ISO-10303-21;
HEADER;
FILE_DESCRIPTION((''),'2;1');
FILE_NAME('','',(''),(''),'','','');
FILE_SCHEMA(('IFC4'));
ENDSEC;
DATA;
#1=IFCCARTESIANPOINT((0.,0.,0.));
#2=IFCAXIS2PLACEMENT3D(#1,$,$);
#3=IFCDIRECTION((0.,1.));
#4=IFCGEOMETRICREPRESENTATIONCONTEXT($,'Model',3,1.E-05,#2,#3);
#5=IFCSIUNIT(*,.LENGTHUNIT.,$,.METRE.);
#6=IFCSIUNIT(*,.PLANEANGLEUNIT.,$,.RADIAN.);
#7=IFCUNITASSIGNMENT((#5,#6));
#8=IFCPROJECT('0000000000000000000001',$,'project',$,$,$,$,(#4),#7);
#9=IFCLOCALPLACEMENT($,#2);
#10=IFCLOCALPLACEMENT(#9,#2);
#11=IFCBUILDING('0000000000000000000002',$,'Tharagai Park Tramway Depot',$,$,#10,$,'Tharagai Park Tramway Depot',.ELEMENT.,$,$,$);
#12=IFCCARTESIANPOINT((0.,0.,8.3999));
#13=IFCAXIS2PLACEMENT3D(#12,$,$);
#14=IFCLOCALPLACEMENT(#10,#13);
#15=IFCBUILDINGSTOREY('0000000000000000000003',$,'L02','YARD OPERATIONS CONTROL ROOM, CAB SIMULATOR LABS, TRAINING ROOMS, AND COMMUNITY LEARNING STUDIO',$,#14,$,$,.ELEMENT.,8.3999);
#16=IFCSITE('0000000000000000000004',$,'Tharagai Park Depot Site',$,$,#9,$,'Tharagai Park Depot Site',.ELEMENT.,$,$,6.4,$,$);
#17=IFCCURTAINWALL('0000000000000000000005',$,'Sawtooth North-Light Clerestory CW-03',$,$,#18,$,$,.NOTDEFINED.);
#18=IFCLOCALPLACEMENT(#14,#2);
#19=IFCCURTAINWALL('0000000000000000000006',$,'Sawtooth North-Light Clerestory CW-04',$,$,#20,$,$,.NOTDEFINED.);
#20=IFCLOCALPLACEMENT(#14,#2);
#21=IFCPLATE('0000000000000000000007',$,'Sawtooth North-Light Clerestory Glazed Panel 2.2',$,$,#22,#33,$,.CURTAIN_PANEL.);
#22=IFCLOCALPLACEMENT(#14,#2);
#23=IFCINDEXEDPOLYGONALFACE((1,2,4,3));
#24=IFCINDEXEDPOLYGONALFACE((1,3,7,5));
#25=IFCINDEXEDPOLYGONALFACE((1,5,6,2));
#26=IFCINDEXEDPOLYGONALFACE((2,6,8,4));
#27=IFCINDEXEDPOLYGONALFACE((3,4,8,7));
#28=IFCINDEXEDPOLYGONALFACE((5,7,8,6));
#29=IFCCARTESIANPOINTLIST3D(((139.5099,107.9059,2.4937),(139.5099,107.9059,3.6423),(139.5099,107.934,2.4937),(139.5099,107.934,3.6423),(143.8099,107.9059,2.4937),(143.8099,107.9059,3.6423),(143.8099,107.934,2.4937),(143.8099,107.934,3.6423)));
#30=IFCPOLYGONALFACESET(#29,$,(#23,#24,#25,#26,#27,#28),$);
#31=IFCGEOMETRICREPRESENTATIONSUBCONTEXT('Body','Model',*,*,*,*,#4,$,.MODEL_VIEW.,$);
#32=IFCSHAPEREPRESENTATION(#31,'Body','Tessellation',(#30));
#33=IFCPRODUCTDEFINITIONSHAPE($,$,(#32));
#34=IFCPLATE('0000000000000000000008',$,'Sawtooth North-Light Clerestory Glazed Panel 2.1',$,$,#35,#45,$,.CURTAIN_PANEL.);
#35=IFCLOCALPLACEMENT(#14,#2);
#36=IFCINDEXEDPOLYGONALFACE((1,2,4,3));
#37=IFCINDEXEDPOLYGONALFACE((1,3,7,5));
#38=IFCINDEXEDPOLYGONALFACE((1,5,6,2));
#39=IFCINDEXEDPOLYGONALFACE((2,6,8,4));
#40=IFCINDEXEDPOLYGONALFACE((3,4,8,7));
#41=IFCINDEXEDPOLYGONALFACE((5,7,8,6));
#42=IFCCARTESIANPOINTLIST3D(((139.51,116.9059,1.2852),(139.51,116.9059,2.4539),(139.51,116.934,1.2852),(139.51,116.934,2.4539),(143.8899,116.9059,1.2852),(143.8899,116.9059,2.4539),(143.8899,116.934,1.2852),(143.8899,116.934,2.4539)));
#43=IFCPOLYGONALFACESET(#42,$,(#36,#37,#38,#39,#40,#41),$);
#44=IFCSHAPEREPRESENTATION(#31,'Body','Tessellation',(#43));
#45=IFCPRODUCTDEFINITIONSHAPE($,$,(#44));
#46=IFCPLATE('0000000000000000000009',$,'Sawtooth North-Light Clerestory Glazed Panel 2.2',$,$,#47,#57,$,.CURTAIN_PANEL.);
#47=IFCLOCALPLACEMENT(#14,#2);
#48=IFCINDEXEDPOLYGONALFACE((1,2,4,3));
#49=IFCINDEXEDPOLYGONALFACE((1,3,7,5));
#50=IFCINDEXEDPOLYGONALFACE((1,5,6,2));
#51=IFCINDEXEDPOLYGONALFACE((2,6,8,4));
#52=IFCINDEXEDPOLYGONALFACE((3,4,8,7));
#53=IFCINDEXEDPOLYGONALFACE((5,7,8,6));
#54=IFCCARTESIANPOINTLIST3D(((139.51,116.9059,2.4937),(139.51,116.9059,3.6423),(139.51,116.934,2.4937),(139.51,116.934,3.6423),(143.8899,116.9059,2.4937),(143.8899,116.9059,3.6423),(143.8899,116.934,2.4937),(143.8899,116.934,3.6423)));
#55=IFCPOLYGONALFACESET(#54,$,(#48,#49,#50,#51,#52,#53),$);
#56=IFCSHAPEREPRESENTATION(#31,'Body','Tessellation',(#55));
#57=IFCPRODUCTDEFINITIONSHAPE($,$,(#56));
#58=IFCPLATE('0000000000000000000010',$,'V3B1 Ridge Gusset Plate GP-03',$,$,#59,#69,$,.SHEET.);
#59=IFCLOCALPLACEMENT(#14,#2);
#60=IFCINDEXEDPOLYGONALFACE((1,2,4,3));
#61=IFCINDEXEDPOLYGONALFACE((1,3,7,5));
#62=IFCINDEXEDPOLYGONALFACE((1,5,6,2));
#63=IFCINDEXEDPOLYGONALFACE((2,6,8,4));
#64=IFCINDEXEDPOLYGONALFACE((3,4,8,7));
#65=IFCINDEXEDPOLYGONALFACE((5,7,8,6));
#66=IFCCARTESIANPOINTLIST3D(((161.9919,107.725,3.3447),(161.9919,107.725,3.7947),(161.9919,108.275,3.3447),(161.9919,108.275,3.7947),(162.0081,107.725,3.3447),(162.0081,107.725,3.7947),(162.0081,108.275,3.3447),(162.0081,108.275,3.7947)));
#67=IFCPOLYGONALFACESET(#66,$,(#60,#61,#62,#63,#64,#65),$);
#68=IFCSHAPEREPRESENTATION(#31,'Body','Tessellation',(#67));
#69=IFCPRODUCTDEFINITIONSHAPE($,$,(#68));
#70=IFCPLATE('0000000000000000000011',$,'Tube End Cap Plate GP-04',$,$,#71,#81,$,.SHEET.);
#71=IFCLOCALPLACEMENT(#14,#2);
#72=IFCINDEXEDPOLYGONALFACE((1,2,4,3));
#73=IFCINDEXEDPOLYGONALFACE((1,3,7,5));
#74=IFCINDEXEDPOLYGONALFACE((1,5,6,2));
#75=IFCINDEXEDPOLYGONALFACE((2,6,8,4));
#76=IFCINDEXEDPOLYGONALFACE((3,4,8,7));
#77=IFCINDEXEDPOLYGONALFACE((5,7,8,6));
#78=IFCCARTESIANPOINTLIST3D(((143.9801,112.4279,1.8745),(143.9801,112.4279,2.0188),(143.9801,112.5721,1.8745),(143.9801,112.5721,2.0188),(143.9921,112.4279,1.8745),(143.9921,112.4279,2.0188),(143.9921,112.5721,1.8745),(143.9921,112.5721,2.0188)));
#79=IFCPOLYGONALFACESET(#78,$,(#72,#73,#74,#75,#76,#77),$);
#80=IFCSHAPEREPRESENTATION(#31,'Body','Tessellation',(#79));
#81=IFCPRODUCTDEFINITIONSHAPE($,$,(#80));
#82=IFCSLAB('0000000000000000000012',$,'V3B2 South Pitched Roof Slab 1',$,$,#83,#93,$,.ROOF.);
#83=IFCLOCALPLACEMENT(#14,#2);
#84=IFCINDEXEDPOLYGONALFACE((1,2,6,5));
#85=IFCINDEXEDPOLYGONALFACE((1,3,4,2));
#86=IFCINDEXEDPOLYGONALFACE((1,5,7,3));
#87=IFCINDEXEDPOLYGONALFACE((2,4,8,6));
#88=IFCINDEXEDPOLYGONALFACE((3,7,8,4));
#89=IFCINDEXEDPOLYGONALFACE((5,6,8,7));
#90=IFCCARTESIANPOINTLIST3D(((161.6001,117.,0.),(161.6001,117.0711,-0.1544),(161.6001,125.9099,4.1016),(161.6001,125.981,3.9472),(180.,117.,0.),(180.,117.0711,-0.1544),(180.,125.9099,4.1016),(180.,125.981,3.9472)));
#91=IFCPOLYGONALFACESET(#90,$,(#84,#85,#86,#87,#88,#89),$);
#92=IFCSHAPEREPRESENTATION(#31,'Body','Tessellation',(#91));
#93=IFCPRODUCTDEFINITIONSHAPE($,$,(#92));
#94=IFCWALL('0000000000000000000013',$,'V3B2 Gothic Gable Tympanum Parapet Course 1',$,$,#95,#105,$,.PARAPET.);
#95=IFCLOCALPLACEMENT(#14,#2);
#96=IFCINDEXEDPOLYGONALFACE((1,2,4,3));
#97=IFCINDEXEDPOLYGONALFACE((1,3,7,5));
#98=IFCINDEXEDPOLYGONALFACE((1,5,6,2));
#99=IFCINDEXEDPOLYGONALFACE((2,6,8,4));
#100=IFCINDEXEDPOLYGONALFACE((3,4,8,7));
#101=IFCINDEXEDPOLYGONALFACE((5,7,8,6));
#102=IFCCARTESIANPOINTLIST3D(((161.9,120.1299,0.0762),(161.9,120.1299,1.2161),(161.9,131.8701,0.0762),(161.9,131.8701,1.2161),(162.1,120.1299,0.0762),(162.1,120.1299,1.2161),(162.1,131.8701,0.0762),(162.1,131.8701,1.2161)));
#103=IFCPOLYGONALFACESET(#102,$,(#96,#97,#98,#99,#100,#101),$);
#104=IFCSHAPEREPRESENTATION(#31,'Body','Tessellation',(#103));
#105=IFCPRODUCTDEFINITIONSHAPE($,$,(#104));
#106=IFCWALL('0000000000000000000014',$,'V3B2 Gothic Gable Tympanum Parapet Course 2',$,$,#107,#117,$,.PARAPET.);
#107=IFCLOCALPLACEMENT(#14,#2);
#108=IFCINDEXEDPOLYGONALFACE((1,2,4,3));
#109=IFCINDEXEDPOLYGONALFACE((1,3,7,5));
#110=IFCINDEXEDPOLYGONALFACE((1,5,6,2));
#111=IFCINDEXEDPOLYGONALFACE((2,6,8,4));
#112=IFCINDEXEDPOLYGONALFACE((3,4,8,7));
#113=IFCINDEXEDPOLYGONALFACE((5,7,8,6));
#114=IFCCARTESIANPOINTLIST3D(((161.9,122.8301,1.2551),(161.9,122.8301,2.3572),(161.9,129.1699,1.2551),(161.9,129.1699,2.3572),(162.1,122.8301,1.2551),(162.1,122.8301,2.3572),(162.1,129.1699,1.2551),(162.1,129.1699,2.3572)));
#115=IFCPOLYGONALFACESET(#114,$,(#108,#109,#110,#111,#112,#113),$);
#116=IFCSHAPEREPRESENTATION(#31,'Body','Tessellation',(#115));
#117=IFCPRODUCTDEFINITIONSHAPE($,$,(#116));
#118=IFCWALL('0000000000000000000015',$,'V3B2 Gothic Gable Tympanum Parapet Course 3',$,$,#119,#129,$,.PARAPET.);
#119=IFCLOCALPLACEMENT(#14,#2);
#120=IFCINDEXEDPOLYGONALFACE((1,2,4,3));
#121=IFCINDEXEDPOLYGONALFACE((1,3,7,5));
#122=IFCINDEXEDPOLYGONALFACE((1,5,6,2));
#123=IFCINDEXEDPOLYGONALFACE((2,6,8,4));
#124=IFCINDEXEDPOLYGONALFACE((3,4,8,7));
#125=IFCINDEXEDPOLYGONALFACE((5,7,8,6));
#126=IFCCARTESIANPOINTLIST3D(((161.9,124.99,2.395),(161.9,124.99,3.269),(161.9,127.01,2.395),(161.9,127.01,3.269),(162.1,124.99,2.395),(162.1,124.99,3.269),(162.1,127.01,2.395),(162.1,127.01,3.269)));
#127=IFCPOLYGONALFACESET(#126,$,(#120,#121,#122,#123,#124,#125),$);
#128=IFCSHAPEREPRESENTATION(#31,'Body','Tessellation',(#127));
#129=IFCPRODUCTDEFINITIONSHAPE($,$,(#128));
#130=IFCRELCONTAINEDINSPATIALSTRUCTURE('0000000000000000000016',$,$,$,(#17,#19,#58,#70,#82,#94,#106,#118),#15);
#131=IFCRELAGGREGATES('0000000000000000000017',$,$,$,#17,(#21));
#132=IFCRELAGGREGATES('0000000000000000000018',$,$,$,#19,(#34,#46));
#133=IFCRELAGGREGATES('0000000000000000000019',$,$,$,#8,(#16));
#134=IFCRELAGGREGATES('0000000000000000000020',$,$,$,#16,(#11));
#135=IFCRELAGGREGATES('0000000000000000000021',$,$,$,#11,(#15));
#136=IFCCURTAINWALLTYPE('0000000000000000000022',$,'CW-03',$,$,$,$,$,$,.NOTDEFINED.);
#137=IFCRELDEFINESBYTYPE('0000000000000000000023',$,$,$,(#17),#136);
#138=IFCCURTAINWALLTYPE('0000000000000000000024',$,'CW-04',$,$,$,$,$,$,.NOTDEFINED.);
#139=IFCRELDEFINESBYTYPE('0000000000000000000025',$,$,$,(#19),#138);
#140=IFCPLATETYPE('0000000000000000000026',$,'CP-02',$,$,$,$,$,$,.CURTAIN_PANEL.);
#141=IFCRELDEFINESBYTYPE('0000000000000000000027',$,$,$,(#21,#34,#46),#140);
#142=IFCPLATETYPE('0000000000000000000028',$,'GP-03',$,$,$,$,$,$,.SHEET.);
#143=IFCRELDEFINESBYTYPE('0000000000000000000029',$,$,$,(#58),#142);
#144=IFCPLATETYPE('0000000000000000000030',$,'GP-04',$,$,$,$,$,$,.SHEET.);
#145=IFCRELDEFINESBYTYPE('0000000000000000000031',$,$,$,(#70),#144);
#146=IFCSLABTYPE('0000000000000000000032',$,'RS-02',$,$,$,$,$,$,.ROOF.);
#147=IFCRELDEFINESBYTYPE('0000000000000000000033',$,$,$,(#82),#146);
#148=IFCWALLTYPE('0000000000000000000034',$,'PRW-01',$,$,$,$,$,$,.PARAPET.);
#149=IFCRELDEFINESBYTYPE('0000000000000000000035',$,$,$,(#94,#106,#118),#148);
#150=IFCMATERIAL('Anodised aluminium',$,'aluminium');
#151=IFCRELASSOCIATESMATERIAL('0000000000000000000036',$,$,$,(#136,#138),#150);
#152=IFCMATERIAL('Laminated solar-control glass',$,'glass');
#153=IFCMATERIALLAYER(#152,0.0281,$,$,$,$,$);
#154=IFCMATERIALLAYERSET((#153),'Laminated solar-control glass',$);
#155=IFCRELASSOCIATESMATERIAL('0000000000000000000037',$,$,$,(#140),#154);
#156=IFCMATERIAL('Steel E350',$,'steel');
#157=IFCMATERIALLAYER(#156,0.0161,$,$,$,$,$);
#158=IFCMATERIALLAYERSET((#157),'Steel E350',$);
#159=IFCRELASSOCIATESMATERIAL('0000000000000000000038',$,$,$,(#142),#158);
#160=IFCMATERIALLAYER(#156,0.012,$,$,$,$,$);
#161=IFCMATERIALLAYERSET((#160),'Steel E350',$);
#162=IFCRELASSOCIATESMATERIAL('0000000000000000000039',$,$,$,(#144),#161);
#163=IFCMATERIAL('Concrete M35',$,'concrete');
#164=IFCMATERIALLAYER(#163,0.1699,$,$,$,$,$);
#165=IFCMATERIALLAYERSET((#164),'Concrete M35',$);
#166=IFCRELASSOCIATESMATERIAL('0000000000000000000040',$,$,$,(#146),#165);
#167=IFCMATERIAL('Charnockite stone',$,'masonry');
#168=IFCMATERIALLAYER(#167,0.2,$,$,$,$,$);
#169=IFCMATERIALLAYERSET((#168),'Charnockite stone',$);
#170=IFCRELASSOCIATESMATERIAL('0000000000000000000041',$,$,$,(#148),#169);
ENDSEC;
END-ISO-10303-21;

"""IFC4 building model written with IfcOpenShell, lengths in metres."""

from ifc_helpers import new_model, si_unit, direction, frame, frame_2d, origin, origin_2d, place, context, subcontext, project, spatial, polyline, rectangle, outline, extrude, material, layer, layer_set, type_object, element, aggregate, save


model = new_model("IFC4")

# Units and contexts
model_context = context("Model", 3, precision=1e-05, world=origin(), true_north=direction((0.0, 1.0)))
body_context = subcontext(model_context, "Body", "Model", "MODEL_VIEW")
ifc_project = project(units=[si_unit("LENGTHUNIT", "METRE"), si_unit("PLANEANGLEUNIT", "RADIAN")], contexts=[model_context])

# Site, building, storey
site_placement = place(None, origin())
site = spatial("IfcSite", under=ifc_project, at=site_placement, Name="Tharagai Park Depot Site", LongName="Tharagai Park Depot Site", CompositionType="ELEMENT", RefElevation=6.4)
building_placement = place(site_placement, origin())
building = spatial("IfcBuilding", under=site, at=building_placement, Name="Tharagai Park Tramway Depot", LongName="Tharagai Park Tramway Depot", CompositionType="ELEMENT")
storey_placement = place(building_placement, frame((0.0, 0.0, 8.3999)))
storey = spatial("IfcBuildingStorey", under=building, at=storey_placement, Name="L02", Description="YARD OPERATIONS CONTROL ROOM, CAB SIMULATOR LABS, TRAINING ROOMS, AND COMMUNITY LEARNING STUDIO", CompositionType="ELEMENT", Elevation=8.3999)

# Shared definitions
ifc_material_1 = material(Name="Steel E350", Category="steel")

# Curtain walls
ifc_material_2 = material(Name="Anodised aluminium", Category="aluminium")
curtain_wall_type_1 = type_object("IfcCurtainWallType", Name="CW-03", PredefinedType="NOTDEFINED", material=ifc_material_2)
curtain_wall_1_placement = place(storey_placement, origin())
curtain_wall_1 = element("IfcCurtainWall", 1, at=curtain_wall_1_placement, inside=storey, type_object=curtain_wall_type_1, Name="Sawtooth North-Light Clerestory CW-03", PredefinedType="NOTDEFINED")
curtain_wall_type_2 = type_object("IfcCurtainWallType", Name="CW-04", PredefinedType="NOTDEFINED", material=ifc_material_2)
curtain_wall_2_placement = place(storey_placement, origin())
curtain_wall_2 = element("IfcCurtainWall", 2, at=curtain_wall_2_placement, inside=storey, type_object=curtain_wall_type_2, Name="Sawtooth North-Light Clerestory CW-04", PredefinedType="NOTDEFINED")

# Plates
ifc_material_3 = material(Name="Laminated solar-control glass", Category="glass")
ifc_layer_1 = layer(ifc_material_3, 0.0281)
ifc_layer_set_1 = layer_set([ifc_layer_1], Name="Laminated solar-control glass")
plate_type_1 = type_object("IfcPlateType", Name="CP-02", PredefinedType="CURTAIN_PANEL", material=ifc_layer_set_1)
plate_1_placement = place(storey_placement, frame((141.6599, 107.9199, 2.4937), z_axis=(0.0, 0.0, 1.0), x_axis=(1.0, 0.0, 0.0)))
plate_1 = element("IfcPlate", 3, at=plate_1_placement, type_object=plate_type_1, Name="Sawtooth North-Light Clerestory Glazed Panel 2.2", PredefinedType="CURTAIN_PANEL", context=body_context, shape_type="SweptSolid", body=[
    extrude(rectangle(XDim=4.3, YDim=0.0281, at=origin_2d()), origin(), (0.0, 0.0, 1.0), 1.1487),
])
aggregate(curtain_wall_1, [plate_1])
plate_2_placement = place(storey_placement, frame((141.7, 116.9199, 1.2852), z_axis=(0.0, 0.0, 1.0), x_axis=(1.0, 0.0, 0.0)))
plate_2 = element("IfcPlate", 4, at=plate_2_placement, type_object=plate_type_1, Name="Sawtooth North-Light Clerestory Glazed Panel 2.1", PredefinedType="CURTAIN_PANEL", context=body_context, shape_type="SweptSolid", body=[
    extrude(rectangle(XDim=4.3799, YDim=0.0281, at=origin_2d()), origin(), (0.0, 0.0, 1.0), 1.1687),
])
plate_3_placement = place(storey_placement, frame((141.7, 116.9199, 2.4937), z_axis=(0.0, 0.0, 1.0), x_axis=(1.0, 0.0, 0.0)))
plate_3 = element("IfcPlate", 5, at=plate_3_placement, type_object=plate_type_1, Name="Sawtooth North-Light Clerestory Glazed Panel 2.2", PredefinedType="CURTAIN_PANEL", context=body_context, shape_type="SweptSolid", body=[
    extrude(rectangle(XDim=4.3799, YDim=0.0281, at=origin_2d()), origin(), (0.0, 0.0, 1.0), 1.1487),
])
aggregate(curtain_wall_2, [plate_2, plate_3])

# Plates
ifc_layer_2 = layer(ifc_material_1, 0.0161)
ifc_layer_set_2 = layer_set([ifc_layer_2], Name="Steel E350")
plate_type_2 = type_object("IfcPlateType", Name="GP-03", PredefinedType="SHEET", material=ifc_layer_set_2)
plate_4_placement = place(storey_placement, frame((162.0, 108.0, 3.3447), z_axis=(0.0, 0.0, 1.0), x_axis=(1.0, 0.0, 0.0)))
element("IfcPlate", 6, at=plate_4_placement, inside=storey, type_object=plate_type_2, Name="V3B1 Ridge Gusset Plate GP-03", PredefinedType="SHEET", context=body_context, shape_type="SweptSolid", body=[
    extrude(rectangle(XDim=0.0161, YDim=0.55, at=origin_2d()), origin(), (0.0, 0.0, 1.0), 0.45),
])
ifc_layer_3 = layer(ifc_material_1, 0.012)
ifc_layer_set_3 = layer_set([ifc_layer_3], Name="Steel E350")
plate_type_3 = type_object("IfcPlateType", Name="GP-04", PredefinedType="SHEET", material=ifc_layer_set_3)
plate_5_placement = place(storey_placement, frame((143.9861, 112.5, 1.8745), z_axis=(0.0, 0.0, 1.0), x_axis=(1.0, 0.0, 0.0)))
element("IfcPlate", 7, at=plate_5_placement, inside=storey, type_object=plate_type_3, Name="Tube End Cap Plate GP-04", PredefinedType="SHEET", context=body_context, shape_type="SweptSolid", body=[
    extrude(rectangle(XDim=0.012, YDim=0.1443, at=origin_2d()), origin(), (0.0, 0.0, 1.0), 0.1443),
])

# Slab
ifc_material_4 = material(Name="Concrete M35", Category="concrete")
ifc_layer_4 = layer(ifc_material_4, 0.1699)
ifc_layer_set_4 = layer_set([ifc_layer_4], Name="Concrete M35")
slab_type = type_object("IfcSlabType", Name="RS-02", PredefinedType="ROOF", material=ifc_layer_set_4)
slab_placement = place(storey_placement, frame((161.6001, 117.0, 0.0), z_axis=(0.0, -0.418158, 0.908374), x_axis=(1.0, 0.0, 0.0)))
element("IfcSlab", 8, at=slab_placement, inside=storey, type_object=slab_type, Name="V3B2 South Pitched Roof Slab 1", PredefinedType="ROOF", context=body_context, shape_type="SweptSolid", body=[
    extrude(outline(polyline([(0.0, 0.0), (18.3999, 0.0), (18.3999, 9.8086), (0.0, 9.8086), (0.0, 0.0)])), origin(), (0.0, 0.0, -1.0), 0.1699),
])

# Walls
ifc_material_5 = material(Name="Charnockite stone", Category="masonry")
ifc_layer_5 = layer(ifc_material_5, 0.2)
ifc_layer_set_5 = layer_set([ifc_layer_5], Name="Charnockite stone")
wall_type = type_object("IfcWallType", Name="PRW-01", PredefinedType="PARAPET", material=ifc_layer_set_5)
wall_1_placement = place(storey_placement, frame((162.0, 120.1299, 0.0762), z_axis=(0.0, 0.0, 1.0), x_axis=(0.0, 1.0, 0.0)))
element("IfcWall", 9, at=wall_1_placement, inside=storey, type_object=wall_type, Name="V3B2 Gothic Gable Tympanum Parapet Course 1", PredefinedType="PARAPET", context=body_context, shape_type="SweptSolid", body=[
    extrude(rectangle(XDim=11.7402, YDim=0.2, at=frame_2d((5.8701, 0.0))), origin(), (0.0, 0.0, 1.0), 1.1399),
])
wall_2_placement = place(storey_placement, frame((162.0, 122.8301, 1.2551), z_axis=(0.0, 0.0, 1.0), x_axis=(0.0, 1.0, 0.0)))
element("IfcWall", 10, at=wall_2_placement, inside=storey, type_object=wall_type, Name="V3B2 Gothic Gable Tympanum Parapet Course 2", PredefinedType="PARAPET", context=body_context, shape_type="SweptSolid", body=[
    extrude(rectangle(XDim=6.3398, YDim=0.2, at=frame_2d((3.1699, 0.0))), origin(), (0.0, 0.0, 1.0), 1.1021),
])
wall_3_placement = place(storey_placement, frame((162.0, 124.99, 2.395), z_axis=(0.0, 0.0, 1.0), x_axis=(0.0, 1.0, 0.0)))
element("IfcWall", 11, at=wall_3_placement, inside=storey, type_object=wall_type, Name="V3B2 Gothic Gable Tympanum Parapet Course 3", PredefinedType="PARAPET", context=body_context, shape_type="SweptSolid", body=[
    extrude(rectangle(XDim=2.02, YDim=0.2, at=frame_2d((1.01, 0.0))), origin(), (0.0, 0.0, 1.0), 0.874),
])

save(model, "model.ifc")
